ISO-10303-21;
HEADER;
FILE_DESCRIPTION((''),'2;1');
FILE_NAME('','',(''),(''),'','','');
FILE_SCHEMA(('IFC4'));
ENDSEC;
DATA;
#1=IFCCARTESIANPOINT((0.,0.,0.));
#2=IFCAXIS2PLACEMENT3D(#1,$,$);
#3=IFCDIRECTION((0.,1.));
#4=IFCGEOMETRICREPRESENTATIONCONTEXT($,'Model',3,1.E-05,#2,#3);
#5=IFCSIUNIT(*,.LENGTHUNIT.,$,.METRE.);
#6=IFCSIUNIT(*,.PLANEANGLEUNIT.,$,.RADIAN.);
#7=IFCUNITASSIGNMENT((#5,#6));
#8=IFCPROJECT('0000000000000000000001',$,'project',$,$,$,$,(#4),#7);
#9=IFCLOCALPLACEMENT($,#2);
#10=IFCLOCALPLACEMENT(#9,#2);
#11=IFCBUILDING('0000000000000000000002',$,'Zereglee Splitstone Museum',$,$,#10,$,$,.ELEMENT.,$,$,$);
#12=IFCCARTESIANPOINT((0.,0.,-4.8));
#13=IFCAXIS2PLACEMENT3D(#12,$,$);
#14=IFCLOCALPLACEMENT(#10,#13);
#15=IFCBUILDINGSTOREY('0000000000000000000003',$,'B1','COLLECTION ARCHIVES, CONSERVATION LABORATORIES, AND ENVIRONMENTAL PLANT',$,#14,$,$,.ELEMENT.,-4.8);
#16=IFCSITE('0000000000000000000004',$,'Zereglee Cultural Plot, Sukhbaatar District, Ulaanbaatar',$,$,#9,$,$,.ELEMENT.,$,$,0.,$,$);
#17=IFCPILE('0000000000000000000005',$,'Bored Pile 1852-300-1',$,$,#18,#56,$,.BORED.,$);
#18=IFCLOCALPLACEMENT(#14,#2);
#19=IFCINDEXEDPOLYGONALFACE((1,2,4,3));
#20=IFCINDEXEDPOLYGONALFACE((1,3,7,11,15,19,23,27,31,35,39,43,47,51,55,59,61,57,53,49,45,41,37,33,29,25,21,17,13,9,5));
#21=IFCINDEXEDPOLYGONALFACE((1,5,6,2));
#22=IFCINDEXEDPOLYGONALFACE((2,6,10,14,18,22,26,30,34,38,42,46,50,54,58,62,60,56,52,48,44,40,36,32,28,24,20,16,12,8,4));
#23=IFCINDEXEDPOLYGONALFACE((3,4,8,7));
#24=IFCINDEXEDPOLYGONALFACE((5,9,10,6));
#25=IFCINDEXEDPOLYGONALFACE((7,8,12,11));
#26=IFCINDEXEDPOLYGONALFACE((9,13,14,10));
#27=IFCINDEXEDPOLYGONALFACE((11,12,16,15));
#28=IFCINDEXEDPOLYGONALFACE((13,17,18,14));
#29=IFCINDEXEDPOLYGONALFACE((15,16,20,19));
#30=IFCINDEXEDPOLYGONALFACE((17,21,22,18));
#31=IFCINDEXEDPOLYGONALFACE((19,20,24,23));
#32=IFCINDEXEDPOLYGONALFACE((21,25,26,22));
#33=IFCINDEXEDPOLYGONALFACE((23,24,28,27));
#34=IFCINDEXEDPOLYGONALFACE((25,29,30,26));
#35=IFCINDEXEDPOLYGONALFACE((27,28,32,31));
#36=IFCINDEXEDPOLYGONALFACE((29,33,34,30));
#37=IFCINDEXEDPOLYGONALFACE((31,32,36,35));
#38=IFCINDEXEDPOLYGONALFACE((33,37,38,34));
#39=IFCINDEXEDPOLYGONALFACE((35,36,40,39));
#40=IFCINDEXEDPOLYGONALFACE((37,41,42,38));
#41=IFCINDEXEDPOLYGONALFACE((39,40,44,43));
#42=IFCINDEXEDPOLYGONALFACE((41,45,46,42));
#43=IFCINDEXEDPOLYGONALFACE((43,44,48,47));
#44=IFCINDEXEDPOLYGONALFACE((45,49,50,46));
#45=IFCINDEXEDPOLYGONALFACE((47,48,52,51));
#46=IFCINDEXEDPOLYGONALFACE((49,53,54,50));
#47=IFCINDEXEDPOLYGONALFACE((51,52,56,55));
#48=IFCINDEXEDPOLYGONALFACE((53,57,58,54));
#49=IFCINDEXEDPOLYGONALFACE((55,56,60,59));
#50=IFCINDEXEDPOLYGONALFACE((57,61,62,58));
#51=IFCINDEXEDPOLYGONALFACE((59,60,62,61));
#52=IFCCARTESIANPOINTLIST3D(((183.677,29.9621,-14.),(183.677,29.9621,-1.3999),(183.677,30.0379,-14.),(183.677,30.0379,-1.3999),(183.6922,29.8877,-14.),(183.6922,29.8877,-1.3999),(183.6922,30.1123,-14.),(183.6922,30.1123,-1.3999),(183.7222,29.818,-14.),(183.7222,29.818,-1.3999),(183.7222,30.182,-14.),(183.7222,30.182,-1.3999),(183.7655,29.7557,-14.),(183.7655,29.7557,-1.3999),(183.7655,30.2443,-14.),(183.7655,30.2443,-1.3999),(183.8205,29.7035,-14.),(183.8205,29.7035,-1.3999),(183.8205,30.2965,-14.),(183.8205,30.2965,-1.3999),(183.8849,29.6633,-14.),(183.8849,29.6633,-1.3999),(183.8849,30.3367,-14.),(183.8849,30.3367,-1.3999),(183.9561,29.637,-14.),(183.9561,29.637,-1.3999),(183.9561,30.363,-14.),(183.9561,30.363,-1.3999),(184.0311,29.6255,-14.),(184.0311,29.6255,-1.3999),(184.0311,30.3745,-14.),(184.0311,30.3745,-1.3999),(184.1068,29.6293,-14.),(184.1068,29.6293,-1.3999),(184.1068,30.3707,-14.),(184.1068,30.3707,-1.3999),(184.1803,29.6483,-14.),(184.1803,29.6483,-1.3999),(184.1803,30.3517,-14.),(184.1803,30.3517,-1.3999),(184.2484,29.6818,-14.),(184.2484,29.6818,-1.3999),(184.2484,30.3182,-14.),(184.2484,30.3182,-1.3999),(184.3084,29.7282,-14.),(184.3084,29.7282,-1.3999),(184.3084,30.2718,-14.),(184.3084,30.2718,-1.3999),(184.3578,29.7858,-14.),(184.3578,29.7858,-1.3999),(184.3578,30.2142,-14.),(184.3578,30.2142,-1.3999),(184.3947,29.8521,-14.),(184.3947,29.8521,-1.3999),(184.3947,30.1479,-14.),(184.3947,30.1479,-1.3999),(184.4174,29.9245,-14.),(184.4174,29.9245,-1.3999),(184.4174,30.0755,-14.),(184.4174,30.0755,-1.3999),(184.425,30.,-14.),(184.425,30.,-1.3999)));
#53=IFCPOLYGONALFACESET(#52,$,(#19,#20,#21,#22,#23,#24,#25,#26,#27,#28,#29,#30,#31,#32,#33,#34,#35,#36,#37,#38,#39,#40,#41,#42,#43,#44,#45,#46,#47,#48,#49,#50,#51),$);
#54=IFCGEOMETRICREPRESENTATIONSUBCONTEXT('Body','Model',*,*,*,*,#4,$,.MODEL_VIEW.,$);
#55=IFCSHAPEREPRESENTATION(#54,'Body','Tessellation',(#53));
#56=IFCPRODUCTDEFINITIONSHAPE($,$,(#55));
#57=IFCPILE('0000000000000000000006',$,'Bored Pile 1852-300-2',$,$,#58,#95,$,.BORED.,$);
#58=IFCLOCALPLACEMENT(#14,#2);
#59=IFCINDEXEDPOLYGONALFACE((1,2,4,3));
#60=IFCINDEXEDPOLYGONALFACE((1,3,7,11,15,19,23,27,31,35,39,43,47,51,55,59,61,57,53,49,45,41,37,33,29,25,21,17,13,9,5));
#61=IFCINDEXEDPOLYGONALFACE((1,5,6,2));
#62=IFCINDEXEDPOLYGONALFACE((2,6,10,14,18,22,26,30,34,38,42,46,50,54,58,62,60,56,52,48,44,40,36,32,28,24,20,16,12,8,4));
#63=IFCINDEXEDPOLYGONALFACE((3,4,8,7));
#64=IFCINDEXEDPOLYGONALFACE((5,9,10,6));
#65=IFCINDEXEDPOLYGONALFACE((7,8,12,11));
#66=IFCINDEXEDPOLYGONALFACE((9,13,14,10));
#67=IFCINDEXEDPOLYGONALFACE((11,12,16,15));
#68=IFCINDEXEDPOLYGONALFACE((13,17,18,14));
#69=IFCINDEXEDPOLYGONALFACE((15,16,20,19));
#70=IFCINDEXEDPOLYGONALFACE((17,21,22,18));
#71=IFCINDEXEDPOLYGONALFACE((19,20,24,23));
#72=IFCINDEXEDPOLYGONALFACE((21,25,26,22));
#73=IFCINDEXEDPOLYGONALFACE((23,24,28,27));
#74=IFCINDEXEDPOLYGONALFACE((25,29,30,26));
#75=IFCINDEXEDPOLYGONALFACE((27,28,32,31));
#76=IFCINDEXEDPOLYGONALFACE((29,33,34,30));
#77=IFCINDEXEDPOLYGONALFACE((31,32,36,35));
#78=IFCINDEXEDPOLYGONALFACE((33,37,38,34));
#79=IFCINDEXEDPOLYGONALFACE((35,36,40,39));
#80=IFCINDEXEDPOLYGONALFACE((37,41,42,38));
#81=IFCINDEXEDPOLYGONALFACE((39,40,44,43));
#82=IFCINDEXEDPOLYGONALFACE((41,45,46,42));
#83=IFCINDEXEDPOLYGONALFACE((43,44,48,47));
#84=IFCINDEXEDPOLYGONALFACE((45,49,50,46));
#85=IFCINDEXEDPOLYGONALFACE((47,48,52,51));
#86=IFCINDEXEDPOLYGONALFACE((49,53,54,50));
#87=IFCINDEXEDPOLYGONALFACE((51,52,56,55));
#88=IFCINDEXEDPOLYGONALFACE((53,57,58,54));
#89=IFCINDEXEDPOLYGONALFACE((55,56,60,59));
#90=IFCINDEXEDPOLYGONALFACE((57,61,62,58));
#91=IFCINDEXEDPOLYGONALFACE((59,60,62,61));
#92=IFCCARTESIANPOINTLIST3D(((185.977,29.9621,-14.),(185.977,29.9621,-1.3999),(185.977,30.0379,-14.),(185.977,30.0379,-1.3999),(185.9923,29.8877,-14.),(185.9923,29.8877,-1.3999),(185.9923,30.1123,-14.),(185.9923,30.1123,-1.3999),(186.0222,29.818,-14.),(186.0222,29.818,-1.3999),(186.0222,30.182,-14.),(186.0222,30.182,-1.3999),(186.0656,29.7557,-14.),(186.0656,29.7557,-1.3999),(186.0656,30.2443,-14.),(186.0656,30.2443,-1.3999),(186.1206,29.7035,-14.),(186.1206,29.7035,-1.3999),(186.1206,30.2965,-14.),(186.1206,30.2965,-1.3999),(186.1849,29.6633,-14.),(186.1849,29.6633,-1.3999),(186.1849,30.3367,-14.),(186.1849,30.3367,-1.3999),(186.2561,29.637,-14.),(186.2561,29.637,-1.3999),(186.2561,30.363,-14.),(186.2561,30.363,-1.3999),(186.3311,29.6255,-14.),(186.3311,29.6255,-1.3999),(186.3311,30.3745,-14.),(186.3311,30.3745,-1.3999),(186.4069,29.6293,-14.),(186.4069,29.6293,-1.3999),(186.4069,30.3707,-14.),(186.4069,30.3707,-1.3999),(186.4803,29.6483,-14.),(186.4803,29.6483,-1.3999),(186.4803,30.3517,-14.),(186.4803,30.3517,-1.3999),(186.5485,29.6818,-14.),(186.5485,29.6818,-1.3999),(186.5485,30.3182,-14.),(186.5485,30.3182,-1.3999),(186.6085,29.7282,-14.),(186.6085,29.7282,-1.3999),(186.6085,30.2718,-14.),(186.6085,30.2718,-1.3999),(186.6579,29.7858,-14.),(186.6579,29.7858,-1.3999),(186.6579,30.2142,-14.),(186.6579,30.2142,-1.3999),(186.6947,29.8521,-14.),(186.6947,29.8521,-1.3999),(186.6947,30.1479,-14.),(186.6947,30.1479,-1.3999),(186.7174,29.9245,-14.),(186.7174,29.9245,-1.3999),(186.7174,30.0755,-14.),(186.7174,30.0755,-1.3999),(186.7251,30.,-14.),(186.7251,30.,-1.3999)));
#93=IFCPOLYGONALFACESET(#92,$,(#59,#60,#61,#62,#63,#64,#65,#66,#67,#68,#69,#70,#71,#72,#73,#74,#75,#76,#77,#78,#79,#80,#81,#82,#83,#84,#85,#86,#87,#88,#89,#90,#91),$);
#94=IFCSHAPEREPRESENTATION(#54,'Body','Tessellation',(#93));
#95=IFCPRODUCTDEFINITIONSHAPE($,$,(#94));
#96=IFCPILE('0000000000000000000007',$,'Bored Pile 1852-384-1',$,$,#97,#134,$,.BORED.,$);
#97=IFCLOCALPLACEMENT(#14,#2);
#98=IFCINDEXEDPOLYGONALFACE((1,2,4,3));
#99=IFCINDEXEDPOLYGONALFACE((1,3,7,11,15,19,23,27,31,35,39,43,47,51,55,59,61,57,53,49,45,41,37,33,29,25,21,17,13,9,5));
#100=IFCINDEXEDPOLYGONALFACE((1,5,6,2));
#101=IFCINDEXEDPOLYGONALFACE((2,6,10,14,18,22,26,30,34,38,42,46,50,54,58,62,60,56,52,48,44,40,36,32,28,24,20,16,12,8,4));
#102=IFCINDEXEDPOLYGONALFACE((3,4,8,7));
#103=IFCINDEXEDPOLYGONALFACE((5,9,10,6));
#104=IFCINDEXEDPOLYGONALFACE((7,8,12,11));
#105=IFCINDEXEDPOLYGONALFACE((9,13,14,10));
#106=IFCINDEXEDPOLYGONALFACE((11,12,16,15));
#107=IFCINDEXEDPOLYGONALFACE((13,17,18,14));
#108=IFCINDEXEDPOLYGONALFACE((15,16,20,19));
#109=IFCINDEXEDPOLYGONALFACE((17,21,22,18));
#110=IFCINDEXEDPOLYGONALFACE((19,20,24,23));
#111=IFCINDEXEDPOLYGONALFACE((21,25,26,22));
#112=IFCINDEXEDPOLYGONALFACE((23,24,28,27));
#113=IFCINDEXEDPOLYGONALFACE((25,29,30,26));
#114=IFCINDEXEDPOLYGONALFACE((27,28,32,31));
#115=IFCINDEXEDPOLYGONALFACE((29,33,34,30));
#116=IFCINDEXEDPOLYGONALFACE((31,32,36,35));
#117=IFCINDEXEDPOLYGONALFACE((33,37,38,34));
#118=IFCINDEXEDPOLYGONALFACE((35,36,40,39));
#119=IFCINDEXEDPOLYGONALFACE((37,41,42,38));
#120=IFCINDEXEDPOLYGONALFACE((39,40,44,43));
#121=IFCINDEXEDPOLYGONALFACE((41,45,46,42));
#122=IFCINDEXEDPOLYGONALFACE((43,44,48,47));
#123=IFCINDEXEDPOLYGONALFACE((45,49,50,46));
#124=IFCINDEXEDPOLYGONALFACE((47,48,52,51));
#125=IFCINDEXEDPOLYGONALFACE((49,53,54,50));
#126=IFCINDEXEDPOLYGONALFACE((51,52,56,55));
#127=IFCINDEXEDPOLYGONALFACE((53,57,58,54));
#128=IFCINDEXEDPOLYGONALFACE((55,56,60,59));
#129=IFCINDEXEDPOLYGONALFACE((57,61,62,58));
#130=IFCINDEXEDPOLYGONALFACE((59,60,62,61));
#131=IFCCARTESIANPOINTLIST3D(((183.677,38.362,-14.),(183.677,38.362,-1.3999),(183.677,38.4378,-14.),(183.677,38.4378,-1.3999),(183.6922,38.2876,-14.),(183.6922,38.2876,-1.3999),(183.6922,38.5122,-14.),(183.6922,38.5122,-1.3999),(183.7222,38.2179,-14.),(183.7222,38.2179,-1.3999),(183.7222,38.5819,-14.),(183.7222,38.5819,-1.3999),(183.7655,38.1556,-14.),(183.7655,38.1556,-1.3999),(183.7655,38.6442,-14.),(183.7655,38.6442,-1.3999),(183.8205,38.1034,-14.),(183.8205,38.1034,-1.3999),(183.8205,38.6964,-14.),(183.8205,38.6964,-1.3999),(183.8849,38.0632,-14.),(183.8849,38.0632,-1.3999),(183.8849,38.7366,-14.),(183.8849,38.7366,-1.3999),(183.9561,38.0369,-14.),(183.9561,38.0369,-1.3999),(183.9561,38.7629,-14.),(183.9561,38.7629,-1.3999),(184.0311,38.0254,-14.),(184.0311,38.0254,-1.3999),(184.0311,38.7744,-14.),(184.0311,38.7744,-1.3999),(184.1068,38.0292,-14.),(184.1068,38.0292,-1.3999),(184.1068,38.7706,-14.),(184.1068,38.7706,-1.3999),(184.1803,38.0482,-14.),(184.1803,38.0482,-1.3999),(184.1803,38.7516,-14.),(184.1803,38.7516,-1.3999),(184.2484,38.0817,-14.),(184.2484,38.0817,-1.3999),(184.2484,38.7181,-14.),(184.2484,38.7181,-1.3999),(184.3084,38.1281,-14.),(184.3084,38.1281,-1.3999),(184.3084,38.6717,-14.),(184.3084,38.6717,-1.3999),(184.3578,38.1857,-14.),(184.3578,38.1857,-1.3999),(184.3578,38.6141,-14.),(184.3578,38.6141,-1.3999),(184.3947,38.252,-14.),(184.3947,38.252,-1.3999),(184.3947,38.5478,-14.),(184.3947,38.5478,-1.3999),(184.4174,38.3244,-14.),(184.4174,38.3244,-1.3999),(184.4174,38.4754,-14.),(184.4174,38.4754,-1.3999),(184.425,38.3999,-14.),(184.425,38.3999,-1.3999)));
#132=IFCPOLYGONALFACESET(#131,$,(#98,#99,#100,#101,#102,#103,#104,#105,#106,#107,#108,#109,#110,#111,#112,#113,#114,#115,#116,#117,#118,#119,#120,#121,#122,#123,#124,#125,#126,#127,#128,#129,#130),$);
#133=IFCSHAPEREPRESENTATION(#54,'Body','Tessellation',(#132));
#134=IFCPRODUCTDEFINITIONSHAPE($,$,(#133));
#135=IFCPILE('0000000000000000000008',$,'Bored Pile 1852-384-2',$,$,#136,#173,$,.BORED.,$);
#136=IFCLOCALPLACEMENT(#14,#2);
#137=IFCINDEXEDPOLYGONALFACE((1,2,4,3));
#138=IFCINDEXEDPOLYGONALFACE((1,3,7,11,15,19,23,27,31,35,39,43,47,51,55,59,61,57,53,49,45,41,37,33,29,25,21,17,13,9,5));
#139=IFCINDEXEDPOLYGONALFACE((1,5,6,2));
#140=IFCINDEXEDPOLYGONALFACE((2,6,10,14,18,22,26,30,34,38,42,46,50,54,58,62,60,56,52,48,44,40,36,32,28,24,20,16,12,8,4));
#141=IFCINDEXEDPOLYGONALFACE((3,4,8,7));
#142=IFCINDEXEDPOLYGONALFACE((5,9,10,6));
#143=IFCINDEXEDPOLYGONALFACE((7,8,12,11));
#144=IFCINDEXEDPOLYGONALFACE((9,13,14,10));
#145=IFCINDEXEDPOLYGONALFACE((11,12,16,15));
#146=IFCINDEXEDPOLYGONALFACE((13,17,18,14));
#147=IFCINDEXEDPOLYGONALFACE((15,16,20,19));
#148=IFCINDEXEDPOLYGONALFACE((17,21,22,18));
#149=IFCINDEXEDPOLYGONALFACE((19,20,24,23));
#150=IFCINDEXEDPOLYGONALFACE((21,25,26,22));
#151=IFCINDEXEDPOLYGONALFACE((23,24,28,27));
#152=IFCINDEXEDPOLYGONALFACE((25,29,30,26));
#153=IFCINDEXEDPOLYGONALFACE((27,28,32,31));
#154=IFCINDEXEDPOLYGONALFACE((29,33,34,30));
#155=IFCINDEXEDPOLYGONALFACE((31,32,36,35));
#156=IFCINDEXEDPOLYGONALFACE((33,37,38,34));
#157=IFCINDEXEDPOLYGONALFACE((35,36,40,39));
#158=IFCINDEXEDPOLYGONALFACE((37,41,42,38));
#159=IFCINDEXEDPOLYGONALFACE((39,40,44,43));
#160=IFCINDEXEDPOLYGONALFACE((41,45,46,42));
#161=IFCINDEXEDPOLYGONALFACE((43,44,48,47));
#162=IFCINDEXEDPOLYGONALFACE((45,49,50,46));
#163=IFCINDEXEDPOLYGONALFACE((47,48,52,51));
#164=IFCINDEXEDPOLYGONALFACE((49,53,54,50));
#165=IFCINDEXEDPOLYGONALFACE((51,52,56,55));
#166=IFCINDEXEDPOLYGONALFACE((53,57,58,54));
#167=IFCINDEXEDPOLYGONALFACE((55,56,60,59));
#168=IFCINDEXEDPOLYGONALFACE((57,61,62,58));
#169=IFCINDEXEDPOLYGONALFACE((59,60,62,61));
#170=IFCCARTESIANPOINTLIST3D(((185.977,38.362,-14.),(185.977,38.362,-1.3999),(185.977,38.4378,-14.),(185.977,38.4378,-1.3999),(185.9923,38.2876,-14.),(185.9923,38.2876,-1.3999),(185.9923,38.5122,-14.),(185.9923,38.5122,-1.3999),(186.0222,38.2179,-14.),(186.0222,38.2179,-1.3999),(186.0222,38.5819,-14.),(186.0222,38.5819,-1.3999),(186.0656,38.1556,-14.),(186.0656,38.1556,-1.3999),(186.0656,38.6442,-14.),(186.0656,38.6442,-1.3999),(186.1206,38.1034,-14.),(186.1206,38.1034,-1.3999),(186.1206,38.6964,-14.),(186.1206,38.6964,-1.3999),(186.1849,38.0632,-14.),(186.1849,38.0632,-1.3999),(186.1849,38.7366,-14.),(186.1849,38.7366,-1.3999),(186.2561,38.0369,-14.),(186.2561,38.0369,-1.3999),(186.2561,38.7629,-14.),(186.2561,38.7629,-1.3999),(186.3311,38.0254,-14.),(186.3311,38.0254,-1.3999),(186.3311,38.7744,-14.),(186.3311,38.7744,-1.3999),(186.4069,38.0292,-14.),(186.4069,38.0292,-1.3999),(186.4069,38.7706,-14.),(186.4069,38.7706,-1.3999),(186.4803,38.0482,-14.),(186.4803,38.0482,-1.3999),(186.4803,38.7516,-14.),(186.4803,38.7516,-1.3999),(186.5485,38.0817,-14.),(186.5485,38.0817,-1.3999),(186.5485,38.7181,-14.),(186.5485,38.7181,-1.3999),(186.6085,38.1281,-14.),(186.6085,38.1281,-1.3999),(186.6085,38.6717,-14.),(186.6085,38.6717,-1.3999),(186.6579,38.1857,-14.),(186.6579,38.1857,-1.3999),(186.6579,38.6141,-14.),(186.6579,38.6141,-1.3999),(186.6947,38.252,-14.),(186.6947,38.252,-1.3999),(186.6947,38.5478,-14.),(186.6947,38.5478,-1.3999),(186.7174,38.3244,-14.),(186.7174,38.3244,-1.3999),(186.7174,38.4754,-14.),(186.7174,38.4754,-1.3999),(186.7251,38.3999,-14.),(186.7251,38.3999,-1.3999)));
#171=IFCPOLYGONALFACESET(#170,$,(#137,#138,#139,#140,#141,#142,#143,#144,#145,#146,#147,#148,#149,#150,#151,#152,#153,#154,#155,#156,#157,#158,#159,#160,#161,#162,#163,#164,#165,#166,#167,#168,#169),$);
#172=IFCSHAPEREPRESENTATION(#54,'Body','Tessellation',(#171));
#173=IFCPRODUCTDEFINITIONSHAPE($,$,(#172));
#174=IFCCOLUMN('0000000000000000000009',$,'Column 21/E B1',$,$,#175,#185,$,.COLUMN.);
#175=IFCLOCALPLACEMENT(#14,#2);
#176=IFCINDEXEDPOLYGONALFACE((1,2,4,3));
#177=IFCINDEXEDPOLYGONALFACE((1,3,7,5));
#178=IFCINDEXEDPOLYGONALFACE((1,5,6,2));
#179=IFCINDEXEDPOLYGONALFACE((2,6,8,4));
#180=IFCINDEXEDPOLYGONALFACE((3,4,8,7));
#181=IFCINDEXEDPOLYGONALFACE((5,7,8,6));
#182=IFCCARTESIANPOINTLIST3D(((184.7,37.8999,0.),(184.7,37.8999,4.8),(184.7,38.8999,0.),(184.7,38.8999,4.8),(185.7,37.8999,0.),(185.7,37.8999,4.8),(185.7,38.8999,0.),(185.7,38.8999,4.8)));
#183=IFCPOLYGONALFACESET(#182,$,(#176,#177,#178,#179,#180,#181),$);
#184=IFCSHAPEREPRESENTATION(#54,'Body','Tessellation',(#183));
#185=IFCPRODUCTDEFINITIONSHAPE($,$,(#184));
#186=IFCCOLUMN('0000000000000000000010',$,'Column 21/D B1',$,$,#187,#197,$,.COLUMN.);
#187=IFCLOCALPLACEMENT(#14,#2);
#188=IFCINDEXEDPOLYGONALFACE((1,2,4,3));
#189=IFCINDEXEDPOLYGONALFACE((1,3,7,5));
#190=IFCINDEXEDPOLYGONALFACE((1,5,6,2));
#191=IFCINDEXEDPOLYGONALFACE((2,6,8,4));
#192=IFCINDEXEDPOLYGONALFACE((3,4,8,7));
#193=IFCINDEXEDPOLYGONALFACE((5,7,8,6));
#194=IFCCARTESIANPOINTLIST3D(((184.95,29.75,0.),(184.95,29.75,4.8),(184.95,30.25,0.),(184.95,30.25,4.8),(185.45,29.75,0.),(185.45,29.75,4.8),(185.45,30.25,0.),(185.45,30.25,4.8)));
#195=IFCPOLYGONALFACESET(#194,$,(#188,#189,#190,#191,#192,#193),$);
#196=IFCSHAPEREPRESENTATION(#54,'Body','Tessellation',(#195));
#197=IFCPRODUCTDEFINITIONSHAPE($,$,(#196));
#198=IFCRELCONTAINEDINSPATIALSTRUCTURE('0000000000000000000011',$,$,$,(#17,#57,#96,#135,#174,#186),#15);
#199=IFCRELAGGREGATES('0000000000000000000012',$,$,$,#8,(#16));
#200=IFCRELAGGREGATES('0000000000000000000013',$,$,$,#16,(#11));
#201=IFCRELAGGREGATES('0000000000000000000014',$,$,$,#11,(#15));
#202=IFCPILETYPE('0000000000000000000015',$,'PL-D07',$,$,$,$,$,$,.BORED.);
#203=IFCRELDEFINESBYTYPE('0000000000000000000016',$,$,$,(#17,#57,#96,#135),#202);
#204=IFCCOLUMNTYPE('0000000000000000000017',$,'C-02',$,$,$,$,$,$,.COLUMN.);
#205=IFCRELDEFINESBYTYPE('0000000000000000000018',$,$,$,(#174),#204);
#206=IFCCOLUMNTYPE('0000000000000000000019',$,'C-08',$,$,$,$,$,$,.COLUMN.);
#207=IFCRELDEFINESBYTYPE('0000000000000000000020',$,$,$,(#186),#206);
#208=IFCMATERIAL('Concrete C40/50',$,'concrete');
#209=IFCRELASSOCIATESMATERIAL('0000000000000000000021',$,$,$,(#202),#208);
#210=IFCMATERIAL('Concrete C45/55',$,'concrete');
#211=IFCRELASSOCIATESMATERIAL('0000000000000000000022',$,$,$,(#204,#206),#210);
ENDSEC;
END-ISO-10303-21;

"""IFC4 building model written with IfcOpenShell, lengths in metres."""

from ifc_helpers import new_model, si_unit, direction, frame, origin, origin_2d, place, context, subcontext, project, spatial, rectangle, circle, extrude, material, material_profile, profile_set, type_object, element, save


model = new_model("IFC4")

# Units and contexts
model_context = context("Model", 3, precision=1e-05, world=origin(), true_north=direction((0.0, 1.0)))
body_context = subcontext(model_context, "Body", "Model", "MODEL_VIEW")
ifc_project = project(units=[si_unit("LENGTHUNIT", "METRE"), si_unit("PLANEANGLEUNIT", "RADIAN")], contexts=[model_context])

# Site, building, storey
site_placement = place(None, origin())
site = spatial("IfcSite", under=ifc_project, at=site_placement, Name="Zereglee Cultural Plot, Sukhbaatar District, Ulaanbaatar", CompositionType="ELEMENT", RefElevation=0.0)
building_placement = place(site_placement, origin())
building = spatial("IfcBuilding", under=site, at=building_placement, Name="Zereglee Splitstone Museum", CompositionType="ELEMENT")
storey_placement = place(building_placement, frame((0.0, 0.0, -4.8)))
storey = spatial("IfcBuildingStorey", under=building, at=storey_placement, Name="B1", Description="COLLECTION ARCHIVES, CONSERVATION LABORATORIES, AND ENVIRONMENTAL PLANT", CompositionType="ELEMENT", Elevation=-4.8)

# Shared definitions
ifc_material_1 = material(Name="Concrete C40/50", Category="concrete")

# Piles
ifc_material_profile_1 = material_profile(ifc_material_1, circle(Radius=0.375, at=origin_2d()), Name="PILE D750")
ifc_profile_set_1 = profile_set([ifc_material_profile_1], Name="Concrete C40/50")
pile_type = type_object("IfcPileType", Name="PL-D07", PredefinedType="BORED", material=ifc_profile_set_1)
for number, where, z_axis, x_axis, name in (
    (1, (184.05, 30.0, -1.3999), (0.0, 0.0, -1.0), (1.0, 0.0, 0.0), "Bored Pile 1852-300-1"),
    (2, (186.3501, 30.0, -1.3999), (0.0, 0.0, -1.0), (1.0, 0.0, 0.0), "Bored Pile 1852-300-2"),
    (3, (184.05, 38.3999, -1.3999), (0.0, 0.0, -1.0), (1.0, 0.0, 0.0), "Bored Pile 1852-384-1"),
    (4, (186.3501, 38.3999, -1.3999), (0.0, 0.0, -1.0), (1.0, 0.0, 0.0), "Bored Pile 1852-384-2"),
):
    element("IfcPile", number, at=place(storey_placement, frame(where, z_axis=z_axis, x_axis=x_axis)), inside=storey, type_object=pile_type, Name=name, PredefinedType="BORED", context=body_context, shape_type="SweptSolid", body=[
        extrude(circle(Radius=0.375, at=origin_2d()), origin(), (0.0, 0.0, 1.0), 12.6001),
    ])

# Columns
ifc_material_2 = material(Name="Concrete C45/55", Category="concrete")
ifc_material_profile_2 = material_profile(ifc_material_2, rectangle(XDim=1.0, YDim=1.0, at=origin_2d()), Name="RC 1000x1000")
ifc_profile_set_2 = profile_set([ifc_material_profile_2], Name="Concrete C45/55")
column_type_1 = type_object("IfcColumnType", Name="C-02", PredefinedType="COLUMN", material=ifc_profile_set_2)
column_1_placement = place(storey_placement, frame((185.2, 38.3999, 0.0), z_axis=(0.0, 0.0, 1.0), x_axis=(1.0, 0.0, 0.0)))
element("IfcColumn", 5, at=column_1_placement, inside=storey, type_object=column_type_1, Name="Column 21/E B1", PredefinedType="COLUMN", context=body_context, shape_type="SweptSolid", body=[
    extrude(rectangle(XDim=1.0, YDim=1.0, at=origin_2d()), origin(), (0.0, 0.0, 1.0), 4.8),
])
ifc_material_profile_3 = material_profile(ifc_material_2, rectangle(XDim=0.5, YDim=0.5, at=origin_2d()), Name="RC 500x500")
ifc_profile_set_3 = profile_set([ifc_material_profile_3], Name="Concrete C45/55")
column_type_2 = type_object("IfcColumnType", Name="C-08", PredefinedType="COLUMN", material=ifc_profile_set_3)
column_2_placement = place(storey_placement, frame((185.2, 30.0, 0.0), z_axis=(0.0, 0.0, 1.0), x_axis=(1.0, 0.0, 0.0)))
element("IfcColumn", 6, at=column_2_placement, inside=storey, type_object=column_type_2, Name="Column 21/D B1", PredefinedType="COLUMN", context=body_context, shape_type="SweptSolid", body=[
    extrude(rectangle(XDim=0.5, YDim=0.5, at=origin_2d()), origin(), (0.0, 0.0, 1.0), 4.8),
])

save(model, "model.ifc")
